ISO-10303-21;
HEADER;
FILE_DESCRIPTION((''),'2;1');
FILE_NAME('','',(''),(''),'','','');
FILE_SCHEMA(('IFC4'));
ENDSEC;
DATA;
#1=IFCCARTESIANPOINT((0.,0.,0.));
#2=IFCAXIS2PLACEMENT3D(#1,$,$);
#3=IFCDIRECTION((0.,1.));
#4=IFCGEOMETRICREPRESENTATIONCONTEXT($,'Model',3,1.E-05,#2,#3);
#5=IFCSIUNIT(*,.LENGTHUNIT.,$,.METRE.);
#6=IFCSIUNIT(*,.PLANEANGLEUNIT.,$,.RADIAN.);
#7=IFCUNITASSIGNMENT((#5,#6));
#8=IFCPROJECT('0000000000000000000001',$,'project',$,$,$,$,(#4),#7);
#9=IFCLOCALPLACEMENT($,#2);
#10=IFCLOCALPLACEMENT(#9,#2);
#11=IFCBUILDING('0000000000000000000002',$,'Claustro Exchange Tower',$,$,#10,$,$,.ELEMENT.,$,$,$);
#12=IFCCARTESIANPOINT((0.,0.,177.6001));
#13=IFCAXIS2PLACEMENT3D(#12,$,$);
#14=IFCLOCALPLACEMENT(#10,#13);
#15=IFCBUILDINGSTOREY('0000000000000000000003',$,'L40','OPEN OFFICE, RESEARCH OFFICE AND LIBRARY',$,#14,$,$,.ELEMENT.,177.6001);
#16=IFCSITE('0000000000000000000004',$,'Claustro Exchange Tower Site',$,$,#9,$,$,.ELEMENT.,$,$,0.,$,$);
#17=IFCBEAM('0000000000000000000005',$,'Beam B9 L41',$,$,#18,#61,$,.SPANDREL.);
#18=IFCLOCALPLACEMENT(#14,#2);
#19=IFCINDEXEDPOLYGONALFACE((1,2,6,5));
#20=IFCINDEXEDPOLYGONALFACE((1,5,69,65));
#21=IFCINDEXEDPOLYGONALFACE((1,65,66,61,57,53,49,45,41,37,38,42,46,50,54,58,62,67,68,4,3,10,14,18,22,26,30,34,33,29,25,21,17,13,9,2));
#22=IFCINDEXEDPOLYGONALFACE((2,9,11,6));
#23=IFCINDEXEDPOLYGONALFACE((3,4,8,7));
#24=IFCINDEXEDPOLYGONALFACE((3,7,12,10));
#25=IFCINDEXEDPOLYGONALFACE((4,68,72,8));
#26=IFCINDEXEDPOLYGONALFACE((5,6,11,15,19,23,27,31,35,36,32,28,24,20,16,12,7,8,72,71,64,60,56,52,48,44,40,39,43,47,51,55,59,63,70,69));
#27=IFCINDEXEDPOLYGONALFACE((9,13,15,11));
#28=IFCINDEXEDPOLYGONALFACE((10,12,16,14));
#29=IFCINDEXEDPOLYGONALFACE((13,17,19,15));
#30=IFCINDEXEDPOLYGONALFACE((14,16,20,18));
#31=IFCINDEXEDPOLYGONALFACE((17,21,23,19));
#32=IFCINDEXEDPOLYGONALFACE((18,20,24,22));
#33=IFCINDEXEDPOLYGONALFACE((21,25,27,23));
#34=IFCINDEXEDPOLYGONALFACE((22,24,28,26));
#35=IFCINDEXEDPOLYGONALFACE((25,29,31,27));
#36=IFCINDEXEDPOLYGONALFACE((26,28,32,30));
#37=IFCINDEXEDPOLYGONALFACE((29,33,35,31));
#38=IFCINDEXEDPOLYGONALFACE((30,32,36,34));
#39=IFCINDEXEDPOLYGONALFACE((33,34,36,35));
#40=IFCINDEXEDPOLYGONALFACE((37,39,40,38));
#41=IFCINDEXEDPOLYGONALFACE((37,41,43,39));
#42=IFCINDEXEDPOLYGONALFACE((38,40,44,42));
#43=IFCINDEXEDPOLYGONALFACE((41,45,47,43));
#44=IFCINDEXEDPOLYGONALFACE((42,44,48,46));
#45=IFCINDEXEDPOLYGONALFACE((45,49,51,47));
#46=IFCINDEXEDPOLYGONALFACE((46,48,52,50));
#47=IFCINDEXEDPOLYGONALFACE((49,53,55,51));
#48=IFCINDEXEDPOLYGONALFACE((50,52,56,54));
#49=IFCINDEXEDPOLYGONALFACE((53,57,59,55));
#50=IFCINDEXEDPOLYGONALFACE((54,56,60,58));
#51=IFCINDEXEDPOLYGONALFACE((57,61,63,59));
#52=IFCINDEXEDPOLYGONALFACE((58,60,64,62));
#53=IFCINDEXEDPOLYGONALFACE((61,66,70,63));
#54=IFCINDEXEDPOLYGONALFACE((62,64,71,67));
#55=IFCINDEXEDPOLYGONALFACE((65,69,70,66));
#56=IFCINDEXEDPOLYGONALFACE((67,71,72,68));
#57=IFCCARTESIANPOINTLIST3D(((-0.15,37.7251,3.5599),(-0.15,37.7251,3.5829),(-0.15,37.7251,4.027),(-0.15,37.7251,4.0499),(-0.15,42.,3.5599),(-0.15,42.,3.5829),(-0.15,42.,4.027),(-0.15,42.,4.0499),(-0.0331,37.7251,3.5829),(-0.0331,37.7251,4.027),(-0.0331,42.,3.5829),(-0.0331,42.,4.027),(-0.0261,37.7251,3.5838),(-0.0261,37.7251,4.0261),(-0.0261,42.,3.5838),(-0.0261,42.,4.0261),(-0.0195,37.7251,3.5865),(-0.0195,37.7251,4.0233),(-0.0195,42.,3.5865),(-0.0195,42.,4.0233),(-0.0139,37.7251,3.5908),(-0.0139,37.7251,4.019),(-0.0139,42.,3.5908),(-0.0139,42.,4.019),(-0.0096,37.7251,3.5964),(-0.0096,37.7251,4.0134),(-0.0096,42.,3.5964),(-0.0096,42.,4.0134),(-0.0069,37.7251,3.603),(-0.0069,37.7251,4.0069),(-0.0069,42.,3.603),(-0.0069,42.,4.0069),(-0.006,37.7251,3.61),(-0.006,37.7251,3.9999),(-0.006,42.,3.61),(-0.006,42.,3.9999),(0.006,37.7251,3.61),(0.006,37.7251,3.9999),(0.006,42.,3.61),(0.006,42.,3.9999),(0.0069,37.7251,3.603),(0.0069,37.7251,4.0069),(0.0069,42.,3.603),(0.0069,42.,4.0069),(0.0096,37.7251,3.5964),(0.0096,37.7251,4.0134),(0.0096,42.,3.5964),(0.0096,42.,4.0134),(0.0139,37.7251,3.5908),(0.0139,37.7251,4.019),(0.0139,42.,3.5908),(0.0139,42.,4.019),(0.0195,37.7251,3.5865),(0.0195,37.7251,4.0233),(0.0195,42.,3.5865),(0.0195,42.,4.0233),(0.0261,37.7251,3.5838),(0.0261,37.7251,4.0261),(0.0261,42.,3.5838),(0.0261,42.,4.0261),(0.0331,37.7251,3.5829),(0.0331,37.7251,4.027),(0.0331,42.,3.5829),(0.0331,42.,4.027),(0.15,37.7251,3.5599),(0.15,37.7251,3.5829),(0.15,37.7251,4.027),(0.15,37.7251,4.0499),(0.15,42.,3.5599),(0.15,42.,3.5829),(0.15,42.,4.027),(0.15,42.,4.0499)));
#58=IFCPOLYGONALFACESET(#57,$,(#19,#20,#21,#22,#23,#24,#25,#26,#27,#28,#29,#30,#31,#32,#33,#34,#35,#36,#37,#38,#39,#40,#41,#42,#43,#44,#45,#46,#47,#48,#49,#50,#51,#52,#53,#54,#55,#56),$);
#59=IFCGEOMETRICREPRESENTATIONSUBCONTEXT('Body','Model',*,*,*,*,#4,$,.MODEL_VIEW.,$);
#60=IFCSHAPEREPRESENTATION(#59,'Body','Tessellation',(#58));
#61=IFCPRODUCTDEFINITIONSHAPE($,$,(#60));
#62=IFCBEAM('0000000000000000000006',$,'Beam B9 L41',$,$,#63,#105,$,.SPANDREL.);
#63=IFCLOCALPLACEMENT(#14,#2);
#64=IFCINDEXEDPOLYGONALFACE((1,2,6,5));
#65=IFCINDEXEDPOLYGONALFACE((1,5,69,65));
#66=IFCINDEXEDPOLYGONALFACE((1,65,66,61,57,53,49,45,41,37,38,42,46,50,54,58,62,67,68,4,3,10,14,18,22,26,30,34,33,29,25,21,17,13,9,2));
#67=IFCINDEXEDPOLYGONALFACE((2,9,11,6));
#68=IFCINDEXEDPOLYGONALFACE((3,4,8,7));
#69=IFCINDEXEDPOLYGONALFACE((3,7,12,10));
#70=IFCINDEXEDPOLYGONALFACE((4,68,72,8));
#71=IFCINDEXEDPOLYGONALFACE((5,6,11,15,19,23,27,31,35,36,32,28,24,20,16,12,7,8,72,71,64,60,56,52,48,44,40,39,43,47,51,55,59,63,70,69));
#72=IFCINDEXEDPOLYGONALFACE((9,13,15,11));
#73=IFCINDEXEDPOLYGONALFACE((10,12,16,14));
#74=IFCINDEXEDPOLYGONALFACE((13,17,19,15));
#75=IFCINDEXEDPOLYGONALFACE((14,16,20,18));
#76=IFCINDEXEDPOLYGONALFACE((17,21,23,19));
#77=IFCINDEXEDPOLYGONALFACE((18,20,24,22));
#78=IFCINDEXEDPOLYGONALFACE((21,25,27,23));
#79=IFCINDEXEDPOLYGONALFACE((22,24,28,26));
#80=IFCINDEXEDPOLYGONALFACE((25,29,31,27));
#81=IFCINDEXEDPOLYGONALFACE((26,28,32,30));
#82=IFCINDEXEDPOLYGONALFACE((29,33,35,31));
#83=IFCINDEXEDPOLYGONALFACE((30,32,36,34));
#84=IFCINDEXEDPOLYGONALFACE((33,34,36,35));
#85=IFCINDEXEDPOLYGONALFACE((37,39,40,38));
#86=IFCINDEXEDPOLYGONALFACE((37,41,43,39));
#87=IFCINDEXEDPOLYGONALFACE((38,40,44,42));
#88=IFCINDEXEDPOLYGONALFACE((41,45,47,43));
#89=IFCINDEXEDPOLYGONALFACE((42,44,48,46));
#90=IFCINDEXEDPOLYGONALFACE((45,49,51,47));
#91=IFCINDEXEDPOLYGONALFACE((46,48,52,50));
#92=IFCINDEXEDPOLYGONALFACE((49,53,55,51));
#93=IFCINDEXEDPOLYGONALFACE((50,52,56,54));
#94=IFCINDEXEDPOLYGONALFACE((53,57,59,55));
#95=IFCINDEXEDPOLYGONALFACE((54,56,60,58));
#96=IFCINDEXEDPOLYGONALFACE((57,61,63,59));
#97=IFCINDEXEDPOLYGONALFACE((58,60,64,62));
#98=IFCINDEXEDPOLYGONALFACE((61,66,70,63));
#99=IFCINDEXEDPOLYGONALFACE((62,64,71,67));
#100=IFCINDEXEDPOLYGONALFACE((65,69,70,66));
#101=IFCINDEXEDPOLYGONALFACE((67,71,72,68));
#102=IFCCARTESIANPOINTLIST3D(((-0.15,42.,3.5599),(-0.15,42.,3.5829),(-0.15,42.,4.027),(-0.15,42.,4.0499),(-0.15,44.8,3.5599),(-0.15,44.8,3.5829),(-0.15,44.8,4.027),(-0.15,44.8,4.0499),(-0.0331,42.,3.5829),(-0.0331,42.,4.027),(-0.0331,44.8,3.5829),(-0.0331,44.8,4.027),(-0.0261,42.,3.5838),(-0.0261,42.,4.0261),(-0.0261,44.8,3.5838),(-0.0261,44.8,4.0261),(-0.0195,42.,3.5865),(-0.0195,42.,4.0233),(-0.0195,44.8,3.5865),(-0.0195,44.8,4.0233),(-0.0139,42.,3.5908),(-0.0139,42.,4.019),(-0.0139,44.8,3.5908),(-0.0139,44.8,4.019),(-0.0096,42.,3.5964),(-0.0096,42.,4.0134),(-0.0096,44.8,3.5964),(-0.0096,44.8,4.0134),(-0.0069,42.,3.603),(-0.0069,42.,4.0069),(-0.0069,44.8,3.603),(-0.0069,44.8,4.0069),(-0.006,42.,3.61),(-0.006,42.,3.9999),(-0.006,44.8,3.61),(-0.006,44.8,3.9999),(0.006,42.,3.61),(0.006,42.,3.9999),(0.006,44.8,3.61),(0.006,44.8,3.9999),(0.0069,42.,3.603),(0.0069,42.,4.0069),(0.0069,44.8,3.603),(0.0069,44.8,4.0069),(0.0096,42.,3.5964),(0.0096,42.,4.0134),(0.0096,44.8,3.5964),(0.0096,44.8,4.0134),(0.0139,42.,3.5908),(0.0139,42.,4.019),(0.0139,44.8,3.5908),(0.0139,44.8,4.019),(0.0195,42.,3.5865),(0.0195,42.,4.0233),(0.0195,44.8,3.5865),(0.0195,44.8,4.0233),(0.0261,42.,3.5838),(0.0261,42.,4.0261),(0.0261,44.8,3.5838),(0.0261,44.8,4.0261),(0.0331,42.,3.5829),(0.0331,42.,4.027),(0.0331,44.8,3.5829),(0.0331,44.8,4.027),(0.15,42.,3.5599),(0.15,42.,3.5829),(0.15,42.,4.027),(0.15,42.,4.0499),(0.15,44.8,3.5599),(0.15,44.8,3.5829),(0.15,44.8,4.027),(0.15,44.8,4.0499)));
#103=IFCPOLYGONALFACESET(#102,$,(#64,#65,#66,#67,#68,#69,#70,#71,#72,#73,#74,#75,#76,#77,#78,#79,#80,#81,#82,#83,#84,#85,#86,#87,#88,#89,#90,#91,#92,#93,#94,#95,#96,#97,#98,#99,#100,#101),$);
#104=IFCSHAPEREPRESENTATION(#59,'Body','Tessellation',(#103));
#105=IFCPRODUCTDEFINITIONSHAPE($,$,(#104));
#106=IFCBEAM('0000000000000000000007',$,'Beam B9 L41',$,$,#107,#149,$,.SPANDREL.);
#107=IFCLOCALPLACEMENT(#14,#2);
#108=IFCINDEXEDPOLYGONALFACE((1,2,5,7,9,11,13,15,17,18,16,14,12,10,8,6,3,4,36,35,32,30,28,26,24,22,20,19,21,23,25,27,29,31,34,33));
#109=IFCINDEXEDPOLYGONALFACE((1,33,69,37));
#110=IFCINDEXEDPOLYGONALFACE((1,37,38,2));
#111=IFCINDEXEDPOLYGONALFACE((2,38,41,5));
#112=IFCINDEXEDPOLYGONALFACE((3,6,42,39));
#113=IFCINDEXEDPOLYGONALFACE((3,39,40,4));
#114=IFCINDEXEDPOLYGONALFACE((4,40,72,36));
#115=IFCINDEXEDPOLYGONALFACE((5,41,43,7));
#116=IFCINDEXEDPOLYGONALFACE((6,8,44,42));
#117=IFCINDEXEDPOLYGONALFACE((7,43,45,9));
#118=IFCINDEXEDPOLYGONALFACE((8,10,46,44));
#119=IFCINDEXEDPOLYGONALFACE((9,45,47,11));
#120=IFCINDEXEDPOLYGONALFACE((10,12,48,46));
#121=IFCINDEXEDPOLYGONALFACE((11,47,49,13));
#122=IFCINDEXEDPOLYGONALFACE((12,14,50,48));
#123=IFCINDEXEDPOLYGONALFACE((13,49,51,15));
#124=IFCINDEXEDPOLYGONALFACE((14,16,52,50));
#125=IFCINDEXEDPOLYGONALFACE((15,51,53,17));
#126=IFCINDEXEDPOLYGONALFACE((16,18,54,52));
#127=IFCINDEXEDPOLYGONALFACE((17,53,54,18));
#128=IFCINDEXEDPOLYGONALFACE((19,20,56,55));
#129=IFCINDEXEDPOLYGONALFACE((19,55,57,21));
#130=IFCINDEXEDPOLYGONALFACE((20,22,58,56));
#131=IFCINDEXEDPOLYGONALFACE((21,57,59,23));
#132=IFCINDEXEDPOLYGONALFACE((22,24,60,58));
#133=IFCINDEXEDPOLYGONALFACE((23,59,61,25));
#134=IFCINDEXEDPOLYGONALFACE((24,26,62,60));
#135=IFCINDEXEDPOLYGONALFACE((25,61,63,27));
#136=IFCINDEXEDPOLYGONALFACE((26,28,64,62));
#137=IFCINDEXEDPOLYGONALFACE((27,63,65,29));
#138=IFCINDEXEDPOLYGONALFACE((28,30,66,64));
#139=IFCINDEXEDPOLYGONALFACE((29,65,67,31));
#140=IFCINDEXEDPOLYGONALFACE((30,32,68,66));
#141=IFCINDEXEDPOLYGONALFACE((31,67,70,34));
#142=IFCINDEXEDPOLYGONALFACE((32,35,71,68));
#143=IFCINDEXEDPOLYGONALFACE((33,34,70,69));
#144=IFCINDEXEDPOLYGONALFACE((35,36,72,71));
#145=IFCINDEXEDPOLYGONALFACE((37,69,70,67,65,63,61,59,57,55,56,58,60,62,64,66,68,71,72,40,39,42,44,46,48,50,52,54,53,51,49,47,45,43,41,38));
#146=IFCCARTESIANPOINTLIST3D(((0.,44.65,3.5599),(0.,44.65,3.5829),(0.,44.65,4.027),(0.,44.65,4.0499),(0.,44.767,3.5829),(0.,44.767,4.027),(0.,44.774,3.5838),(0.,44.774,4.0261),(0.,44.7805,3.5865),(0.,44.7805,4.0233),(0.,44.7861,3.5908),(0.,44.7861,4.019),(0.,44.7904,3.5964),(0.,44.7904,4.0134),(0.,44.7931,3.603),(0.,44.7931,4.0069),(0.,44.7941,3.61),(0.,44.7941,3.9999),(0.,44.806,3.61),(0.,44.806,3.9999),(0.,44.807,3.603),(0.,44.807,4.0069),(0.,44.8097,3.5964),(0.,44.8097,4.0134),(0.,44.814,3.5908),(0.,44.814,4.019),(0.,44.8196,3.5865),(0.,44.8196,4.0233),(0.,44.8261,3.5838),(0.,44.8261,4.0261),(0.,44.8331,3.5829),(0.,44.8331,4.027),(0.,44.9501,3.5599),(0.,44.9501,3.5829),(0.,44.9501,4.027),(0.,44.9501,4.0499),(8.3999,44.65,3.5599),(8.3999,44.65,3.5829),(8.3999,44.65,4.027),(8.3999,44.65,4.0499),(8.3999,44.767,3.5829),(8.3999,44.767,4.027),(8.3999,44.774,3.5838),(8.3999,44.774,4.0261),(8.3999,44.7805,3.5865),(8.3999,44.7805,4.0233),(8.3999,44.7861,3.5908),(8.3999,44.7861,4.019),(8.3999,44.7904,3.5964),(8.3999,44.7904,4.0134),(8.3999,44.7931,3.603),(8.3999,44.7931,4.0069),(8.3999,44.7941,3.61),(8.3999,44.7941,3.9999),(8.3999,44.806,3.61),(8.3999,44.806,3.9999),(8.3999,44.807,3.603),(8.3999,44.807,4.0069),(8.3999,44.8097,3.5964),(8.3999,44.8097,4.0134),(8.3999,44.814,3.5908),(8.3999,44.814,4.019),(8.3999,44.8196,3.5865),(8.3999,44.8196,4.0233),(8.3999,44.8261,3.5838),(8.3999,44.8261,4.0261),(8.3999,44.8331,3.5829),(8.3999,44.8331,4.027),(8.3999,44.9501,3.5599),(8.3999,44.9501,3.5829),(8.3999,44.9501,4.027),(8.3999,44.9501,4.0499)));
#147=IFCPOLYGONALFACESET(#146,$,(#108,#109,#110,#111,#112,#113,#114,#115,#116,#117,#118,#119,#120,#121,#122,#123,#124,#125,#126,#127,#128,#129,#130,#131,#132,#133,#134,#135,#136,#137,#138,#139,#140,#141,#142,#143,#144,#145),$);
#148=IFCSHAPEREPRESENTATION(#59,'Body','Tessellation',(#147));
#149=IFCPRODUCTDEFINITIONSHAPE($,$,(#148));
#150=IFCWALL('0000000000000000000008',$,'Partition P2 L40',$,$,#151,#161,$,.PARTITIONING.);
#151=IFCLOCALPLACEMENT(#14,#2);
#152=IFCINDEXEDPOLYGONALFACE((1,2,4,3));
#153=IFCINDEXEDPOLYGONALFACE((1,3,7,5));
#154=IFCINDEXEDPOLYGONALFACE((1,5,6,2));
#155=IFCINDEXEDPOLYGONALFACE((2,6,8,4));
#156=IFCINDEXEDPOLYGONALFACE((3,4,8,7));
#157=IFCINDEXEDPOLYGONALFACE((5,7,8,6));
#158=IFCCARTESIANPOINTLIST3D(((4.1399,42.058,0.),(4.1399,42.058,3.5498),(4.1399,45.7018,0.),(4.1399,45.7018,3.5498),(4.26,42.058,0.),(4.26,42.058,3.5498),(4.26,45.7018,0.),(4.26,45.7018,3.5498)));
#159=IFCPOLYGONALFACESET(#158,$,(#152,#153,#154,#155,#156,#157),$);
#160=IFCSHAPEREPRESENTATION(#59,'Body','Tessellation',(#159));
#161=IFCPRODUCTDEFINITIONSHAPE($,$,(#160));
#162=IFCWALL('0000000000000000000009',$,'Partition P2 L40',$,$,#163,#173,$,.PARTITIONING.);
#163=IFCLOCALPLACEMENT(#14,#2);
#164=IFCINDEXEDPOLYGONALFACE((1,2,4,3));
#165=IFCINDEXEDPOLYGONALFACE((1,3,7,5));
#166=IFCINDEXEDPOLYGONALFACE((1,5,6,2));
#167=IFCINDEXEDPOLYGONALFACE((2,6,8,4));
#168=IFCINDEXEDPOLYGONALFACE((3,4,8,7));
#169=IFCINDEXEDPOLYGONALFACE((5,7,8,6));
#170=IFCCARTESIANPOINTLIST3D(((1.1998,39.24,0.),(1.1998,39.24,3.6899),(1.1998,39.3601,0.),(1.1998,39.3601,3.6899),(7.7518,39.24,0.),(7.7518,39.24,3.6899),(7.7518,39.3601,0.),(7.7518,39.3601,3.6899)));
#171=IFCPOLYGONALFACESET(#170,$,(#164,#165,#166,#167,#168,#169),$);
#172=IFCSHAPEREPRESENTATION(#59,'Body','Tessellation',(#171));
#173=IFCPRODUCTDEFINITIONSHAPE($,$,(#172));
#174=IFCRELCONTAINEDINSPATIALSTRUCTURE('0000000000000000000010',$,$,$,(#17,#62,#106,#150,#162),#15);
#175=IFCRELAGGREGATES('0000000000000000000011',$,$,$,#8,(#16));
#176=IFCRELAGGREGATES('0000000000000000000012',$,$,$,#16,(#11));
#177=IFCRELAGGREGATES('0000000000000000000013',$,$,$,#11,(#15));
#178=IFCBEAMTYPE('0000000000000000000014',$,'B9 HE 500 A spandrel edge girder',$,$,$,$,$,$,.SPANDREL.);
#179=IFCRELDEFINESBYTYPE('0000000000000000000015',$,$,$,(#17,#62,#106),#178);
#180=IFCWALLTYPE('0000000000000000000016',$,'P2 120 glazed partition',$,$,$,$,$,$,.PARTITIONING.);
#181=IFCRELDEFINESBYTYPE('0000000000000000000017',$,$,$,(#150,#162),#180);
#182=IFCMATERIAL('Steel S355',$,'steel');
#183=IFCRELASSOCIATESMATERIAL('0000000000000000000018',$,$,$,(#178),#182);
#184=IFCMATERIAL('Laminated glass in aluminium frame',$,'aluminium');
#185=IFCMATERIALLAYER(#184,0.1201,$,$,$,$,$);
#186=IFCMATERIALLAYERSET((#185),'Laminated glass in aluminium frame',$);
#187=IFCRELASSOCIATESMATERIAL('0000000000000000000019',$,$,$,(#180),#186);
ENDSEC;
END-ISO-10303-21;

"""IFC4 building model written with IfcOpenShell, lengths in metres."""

from ifc_helpers import new_model, si_unit, direction, frame, frame_2d, origin, origin_2d, place, context, subcontext, project, spatial, rectangle, i_section, extrude, material, layer, layer_set, material_profile, profile_set, type_object, element, save


model = new_model("IFC4")

# Units and contexts
model_context = context("Model", 3, precision=1e-05, world=origin(), true_north=direction((0.0, 1.0)))
body_context = subcontext(model_context, "Body", "Model", "MODEL_VIEW")
ifc_project = project(units=[si_unit("LENGTHUNIT", "METRE"), si_unit("PLANEANGLEUNIT", "RADIAN")], contexts=[model_context])

# Site, building, storey
site_placement = place(None, origin())
site = spatial("IfcSite", under=ifc_project, at=site_placement, Name="Claustro Exchange Tower Site", CompositionType="ELEMENT", RefElevation=0.0)
building_placement = place(site_placement, origin())
building = spatial("IfcBuilding", under=site, at=building_placement, Name="Claustro Exchange Tower", CompositionType="ELEMENT")
storey_placement = place(building_placement, frame((0.0, 0.0, 177.6001)))
storey = spatial("IfcBuildingStorey", under=building, at=storey_placement, Name="L40", Description="OPEN OFFICE, RESEARCH OFFICE AND LIBRARY", CompositionType="ELEMENT", Elevation=177.6001)

# Beams
ifc_material_1 = material(Name="Steel S355", Category="steel")
ifc_material_profile_1 = material_profile(ifc_material_1, i_section(OverallWidth=0.3, OverallDepth=0.49, WebThickness=0.012, FlangeThickness=0.0229, FilletRadius=0.0271, at=origin_2d()), Name="HE 500 A")
ifc_profile_set_1 = profile_set([ifc_material_profile_1], Name="Steel S355")
beam_type_1 = type_object("IfcBeamType", Name="B9 HE 500 A spandrel edge girder", PredefinedType="SPANDREL", material=ifc_profile_set_1)
beam_1_placement = place(storey_placement, frame((0.0, 37.7251, 3.8049), z_axis=(0.0, 1.0, 0.0), x_axis=(-1.0, 0.0, 0.0)))
element("IfcBeam", 1, at=beam_1_placement, inside=storey, type_object=beam_type_1, Name="Beam B9 L41", PredefinedType="SPANDREL", context=body_context, shape_type="SweptSolid", body=[
    extrude(i_section(OverallWidth=0.3, OverallDepth=0.49, WebThickness=0.012, FlangeThickness=0.0229, FilletRadius=0.0271, at=origin_2d()), origin(), (0.0, 0.0, 1.0), 4.2749),
])
beam_2_placement = place(storey_placement, frame((0.0, 42.0, 3.8049), z_axis=(0.0, 1.0, 0.0), x_axis=(-1.0, 0.0, 0.0)))
element("IfcBeam", 2, at=beam_2_placement, inside=storey, type_object=beam_type_1, Name="Beam B9 L41", PredefinedType="SPANDREL", context=body_context, shape_type="SweptSolid", body=[
    extrude(i_section(OverallWidth=0.3, OverallDepth=0.49, WebThickness=0.012, FlangeThickness=0.0229, FilletRadius=0.0271, at=origin_2d()), origin(), (0.0, 0.0, 1.0), 2.8),
])
beam_3_placement = place(storey_placement, frame((0.0, 44.8, 3.8049), z_axis=(1.0, 0.0, 0.0), x_axis=(0.0, 1.0, 0.0)))
element("IfcBeam", 3, at=beam_3_placement, inside=storey, type_object=beam_type_1, Name="Beam B9 L41", PredefinedType="SPANDREL", context=body_context, shape_type="SweptSolid", body=[
    extrude(i_section(OverallWidth=0.3, OverallDepth=0.49, WebThickness=0.012, FlangeThickness=0.0229, FilletRadius=0.0271, at=origin_2d()), origin(), (0.0, 0.0, 1.0), 8.3999),
])

# Shared definitions
ifc_material_2 = material(Name="Laminated glass in aluminium frame", Category="aluminium")
ifc_layer_1 = layer(ifc_material_2, 0.1201)
ifc_layer_set_1 = layer_set([ifc_layer_1], Name="Laminated glass in aluminium frame")
wall_type_1 = type_object("IfcWallType", Name="P2 120 glazed partition", PredefinedType="PARTITIONING", material=ifc_layer_set_1)

# Walls
wall_1_placement = place(storey_placement, frame((4.2, 42.0581, 0.0), z_axis=(0.0, 0.0, 1.0), x_axis=(0.0, 1.0, 0.0)))
element("IfcWall", 4, at=wall_1_placement, inside=storey, type_object=wall_type_1, Name="Partition P2 L40", PredefinedType="PARTITIONING", context=body_context, shape_type="SweptSolid", body=[
    extrude(rectangle(XDim=3.6438, YDim=0.1201, at=frame_2d((1.8218, 0.0))), origin(), (0.0, 0.0, 1.0), 3.5498),
])
wall_2_placement = place(storey_placement, frame((1.2, 39.3, 0.0), z_axis=(0.0, 0.0, 1.0), x_axis=(1.0, 0.0, 0.0)))
element("IfcWall", 5, at=wall_2_placement, inside=storey, type_object=wall_type_1, Name="Partition P2 L40", PredefinedType="PARTITIONING", context=body_context, shape_type="SweptSolid", body=[
    extrude(rectangle(XDim=6.552, YDim=0.1201, at=frame_2d((3.2759, 0.0))), origin(), (0.0, 0.0, 1.0), 3.6899),
])

save(model, "model.ifc")
